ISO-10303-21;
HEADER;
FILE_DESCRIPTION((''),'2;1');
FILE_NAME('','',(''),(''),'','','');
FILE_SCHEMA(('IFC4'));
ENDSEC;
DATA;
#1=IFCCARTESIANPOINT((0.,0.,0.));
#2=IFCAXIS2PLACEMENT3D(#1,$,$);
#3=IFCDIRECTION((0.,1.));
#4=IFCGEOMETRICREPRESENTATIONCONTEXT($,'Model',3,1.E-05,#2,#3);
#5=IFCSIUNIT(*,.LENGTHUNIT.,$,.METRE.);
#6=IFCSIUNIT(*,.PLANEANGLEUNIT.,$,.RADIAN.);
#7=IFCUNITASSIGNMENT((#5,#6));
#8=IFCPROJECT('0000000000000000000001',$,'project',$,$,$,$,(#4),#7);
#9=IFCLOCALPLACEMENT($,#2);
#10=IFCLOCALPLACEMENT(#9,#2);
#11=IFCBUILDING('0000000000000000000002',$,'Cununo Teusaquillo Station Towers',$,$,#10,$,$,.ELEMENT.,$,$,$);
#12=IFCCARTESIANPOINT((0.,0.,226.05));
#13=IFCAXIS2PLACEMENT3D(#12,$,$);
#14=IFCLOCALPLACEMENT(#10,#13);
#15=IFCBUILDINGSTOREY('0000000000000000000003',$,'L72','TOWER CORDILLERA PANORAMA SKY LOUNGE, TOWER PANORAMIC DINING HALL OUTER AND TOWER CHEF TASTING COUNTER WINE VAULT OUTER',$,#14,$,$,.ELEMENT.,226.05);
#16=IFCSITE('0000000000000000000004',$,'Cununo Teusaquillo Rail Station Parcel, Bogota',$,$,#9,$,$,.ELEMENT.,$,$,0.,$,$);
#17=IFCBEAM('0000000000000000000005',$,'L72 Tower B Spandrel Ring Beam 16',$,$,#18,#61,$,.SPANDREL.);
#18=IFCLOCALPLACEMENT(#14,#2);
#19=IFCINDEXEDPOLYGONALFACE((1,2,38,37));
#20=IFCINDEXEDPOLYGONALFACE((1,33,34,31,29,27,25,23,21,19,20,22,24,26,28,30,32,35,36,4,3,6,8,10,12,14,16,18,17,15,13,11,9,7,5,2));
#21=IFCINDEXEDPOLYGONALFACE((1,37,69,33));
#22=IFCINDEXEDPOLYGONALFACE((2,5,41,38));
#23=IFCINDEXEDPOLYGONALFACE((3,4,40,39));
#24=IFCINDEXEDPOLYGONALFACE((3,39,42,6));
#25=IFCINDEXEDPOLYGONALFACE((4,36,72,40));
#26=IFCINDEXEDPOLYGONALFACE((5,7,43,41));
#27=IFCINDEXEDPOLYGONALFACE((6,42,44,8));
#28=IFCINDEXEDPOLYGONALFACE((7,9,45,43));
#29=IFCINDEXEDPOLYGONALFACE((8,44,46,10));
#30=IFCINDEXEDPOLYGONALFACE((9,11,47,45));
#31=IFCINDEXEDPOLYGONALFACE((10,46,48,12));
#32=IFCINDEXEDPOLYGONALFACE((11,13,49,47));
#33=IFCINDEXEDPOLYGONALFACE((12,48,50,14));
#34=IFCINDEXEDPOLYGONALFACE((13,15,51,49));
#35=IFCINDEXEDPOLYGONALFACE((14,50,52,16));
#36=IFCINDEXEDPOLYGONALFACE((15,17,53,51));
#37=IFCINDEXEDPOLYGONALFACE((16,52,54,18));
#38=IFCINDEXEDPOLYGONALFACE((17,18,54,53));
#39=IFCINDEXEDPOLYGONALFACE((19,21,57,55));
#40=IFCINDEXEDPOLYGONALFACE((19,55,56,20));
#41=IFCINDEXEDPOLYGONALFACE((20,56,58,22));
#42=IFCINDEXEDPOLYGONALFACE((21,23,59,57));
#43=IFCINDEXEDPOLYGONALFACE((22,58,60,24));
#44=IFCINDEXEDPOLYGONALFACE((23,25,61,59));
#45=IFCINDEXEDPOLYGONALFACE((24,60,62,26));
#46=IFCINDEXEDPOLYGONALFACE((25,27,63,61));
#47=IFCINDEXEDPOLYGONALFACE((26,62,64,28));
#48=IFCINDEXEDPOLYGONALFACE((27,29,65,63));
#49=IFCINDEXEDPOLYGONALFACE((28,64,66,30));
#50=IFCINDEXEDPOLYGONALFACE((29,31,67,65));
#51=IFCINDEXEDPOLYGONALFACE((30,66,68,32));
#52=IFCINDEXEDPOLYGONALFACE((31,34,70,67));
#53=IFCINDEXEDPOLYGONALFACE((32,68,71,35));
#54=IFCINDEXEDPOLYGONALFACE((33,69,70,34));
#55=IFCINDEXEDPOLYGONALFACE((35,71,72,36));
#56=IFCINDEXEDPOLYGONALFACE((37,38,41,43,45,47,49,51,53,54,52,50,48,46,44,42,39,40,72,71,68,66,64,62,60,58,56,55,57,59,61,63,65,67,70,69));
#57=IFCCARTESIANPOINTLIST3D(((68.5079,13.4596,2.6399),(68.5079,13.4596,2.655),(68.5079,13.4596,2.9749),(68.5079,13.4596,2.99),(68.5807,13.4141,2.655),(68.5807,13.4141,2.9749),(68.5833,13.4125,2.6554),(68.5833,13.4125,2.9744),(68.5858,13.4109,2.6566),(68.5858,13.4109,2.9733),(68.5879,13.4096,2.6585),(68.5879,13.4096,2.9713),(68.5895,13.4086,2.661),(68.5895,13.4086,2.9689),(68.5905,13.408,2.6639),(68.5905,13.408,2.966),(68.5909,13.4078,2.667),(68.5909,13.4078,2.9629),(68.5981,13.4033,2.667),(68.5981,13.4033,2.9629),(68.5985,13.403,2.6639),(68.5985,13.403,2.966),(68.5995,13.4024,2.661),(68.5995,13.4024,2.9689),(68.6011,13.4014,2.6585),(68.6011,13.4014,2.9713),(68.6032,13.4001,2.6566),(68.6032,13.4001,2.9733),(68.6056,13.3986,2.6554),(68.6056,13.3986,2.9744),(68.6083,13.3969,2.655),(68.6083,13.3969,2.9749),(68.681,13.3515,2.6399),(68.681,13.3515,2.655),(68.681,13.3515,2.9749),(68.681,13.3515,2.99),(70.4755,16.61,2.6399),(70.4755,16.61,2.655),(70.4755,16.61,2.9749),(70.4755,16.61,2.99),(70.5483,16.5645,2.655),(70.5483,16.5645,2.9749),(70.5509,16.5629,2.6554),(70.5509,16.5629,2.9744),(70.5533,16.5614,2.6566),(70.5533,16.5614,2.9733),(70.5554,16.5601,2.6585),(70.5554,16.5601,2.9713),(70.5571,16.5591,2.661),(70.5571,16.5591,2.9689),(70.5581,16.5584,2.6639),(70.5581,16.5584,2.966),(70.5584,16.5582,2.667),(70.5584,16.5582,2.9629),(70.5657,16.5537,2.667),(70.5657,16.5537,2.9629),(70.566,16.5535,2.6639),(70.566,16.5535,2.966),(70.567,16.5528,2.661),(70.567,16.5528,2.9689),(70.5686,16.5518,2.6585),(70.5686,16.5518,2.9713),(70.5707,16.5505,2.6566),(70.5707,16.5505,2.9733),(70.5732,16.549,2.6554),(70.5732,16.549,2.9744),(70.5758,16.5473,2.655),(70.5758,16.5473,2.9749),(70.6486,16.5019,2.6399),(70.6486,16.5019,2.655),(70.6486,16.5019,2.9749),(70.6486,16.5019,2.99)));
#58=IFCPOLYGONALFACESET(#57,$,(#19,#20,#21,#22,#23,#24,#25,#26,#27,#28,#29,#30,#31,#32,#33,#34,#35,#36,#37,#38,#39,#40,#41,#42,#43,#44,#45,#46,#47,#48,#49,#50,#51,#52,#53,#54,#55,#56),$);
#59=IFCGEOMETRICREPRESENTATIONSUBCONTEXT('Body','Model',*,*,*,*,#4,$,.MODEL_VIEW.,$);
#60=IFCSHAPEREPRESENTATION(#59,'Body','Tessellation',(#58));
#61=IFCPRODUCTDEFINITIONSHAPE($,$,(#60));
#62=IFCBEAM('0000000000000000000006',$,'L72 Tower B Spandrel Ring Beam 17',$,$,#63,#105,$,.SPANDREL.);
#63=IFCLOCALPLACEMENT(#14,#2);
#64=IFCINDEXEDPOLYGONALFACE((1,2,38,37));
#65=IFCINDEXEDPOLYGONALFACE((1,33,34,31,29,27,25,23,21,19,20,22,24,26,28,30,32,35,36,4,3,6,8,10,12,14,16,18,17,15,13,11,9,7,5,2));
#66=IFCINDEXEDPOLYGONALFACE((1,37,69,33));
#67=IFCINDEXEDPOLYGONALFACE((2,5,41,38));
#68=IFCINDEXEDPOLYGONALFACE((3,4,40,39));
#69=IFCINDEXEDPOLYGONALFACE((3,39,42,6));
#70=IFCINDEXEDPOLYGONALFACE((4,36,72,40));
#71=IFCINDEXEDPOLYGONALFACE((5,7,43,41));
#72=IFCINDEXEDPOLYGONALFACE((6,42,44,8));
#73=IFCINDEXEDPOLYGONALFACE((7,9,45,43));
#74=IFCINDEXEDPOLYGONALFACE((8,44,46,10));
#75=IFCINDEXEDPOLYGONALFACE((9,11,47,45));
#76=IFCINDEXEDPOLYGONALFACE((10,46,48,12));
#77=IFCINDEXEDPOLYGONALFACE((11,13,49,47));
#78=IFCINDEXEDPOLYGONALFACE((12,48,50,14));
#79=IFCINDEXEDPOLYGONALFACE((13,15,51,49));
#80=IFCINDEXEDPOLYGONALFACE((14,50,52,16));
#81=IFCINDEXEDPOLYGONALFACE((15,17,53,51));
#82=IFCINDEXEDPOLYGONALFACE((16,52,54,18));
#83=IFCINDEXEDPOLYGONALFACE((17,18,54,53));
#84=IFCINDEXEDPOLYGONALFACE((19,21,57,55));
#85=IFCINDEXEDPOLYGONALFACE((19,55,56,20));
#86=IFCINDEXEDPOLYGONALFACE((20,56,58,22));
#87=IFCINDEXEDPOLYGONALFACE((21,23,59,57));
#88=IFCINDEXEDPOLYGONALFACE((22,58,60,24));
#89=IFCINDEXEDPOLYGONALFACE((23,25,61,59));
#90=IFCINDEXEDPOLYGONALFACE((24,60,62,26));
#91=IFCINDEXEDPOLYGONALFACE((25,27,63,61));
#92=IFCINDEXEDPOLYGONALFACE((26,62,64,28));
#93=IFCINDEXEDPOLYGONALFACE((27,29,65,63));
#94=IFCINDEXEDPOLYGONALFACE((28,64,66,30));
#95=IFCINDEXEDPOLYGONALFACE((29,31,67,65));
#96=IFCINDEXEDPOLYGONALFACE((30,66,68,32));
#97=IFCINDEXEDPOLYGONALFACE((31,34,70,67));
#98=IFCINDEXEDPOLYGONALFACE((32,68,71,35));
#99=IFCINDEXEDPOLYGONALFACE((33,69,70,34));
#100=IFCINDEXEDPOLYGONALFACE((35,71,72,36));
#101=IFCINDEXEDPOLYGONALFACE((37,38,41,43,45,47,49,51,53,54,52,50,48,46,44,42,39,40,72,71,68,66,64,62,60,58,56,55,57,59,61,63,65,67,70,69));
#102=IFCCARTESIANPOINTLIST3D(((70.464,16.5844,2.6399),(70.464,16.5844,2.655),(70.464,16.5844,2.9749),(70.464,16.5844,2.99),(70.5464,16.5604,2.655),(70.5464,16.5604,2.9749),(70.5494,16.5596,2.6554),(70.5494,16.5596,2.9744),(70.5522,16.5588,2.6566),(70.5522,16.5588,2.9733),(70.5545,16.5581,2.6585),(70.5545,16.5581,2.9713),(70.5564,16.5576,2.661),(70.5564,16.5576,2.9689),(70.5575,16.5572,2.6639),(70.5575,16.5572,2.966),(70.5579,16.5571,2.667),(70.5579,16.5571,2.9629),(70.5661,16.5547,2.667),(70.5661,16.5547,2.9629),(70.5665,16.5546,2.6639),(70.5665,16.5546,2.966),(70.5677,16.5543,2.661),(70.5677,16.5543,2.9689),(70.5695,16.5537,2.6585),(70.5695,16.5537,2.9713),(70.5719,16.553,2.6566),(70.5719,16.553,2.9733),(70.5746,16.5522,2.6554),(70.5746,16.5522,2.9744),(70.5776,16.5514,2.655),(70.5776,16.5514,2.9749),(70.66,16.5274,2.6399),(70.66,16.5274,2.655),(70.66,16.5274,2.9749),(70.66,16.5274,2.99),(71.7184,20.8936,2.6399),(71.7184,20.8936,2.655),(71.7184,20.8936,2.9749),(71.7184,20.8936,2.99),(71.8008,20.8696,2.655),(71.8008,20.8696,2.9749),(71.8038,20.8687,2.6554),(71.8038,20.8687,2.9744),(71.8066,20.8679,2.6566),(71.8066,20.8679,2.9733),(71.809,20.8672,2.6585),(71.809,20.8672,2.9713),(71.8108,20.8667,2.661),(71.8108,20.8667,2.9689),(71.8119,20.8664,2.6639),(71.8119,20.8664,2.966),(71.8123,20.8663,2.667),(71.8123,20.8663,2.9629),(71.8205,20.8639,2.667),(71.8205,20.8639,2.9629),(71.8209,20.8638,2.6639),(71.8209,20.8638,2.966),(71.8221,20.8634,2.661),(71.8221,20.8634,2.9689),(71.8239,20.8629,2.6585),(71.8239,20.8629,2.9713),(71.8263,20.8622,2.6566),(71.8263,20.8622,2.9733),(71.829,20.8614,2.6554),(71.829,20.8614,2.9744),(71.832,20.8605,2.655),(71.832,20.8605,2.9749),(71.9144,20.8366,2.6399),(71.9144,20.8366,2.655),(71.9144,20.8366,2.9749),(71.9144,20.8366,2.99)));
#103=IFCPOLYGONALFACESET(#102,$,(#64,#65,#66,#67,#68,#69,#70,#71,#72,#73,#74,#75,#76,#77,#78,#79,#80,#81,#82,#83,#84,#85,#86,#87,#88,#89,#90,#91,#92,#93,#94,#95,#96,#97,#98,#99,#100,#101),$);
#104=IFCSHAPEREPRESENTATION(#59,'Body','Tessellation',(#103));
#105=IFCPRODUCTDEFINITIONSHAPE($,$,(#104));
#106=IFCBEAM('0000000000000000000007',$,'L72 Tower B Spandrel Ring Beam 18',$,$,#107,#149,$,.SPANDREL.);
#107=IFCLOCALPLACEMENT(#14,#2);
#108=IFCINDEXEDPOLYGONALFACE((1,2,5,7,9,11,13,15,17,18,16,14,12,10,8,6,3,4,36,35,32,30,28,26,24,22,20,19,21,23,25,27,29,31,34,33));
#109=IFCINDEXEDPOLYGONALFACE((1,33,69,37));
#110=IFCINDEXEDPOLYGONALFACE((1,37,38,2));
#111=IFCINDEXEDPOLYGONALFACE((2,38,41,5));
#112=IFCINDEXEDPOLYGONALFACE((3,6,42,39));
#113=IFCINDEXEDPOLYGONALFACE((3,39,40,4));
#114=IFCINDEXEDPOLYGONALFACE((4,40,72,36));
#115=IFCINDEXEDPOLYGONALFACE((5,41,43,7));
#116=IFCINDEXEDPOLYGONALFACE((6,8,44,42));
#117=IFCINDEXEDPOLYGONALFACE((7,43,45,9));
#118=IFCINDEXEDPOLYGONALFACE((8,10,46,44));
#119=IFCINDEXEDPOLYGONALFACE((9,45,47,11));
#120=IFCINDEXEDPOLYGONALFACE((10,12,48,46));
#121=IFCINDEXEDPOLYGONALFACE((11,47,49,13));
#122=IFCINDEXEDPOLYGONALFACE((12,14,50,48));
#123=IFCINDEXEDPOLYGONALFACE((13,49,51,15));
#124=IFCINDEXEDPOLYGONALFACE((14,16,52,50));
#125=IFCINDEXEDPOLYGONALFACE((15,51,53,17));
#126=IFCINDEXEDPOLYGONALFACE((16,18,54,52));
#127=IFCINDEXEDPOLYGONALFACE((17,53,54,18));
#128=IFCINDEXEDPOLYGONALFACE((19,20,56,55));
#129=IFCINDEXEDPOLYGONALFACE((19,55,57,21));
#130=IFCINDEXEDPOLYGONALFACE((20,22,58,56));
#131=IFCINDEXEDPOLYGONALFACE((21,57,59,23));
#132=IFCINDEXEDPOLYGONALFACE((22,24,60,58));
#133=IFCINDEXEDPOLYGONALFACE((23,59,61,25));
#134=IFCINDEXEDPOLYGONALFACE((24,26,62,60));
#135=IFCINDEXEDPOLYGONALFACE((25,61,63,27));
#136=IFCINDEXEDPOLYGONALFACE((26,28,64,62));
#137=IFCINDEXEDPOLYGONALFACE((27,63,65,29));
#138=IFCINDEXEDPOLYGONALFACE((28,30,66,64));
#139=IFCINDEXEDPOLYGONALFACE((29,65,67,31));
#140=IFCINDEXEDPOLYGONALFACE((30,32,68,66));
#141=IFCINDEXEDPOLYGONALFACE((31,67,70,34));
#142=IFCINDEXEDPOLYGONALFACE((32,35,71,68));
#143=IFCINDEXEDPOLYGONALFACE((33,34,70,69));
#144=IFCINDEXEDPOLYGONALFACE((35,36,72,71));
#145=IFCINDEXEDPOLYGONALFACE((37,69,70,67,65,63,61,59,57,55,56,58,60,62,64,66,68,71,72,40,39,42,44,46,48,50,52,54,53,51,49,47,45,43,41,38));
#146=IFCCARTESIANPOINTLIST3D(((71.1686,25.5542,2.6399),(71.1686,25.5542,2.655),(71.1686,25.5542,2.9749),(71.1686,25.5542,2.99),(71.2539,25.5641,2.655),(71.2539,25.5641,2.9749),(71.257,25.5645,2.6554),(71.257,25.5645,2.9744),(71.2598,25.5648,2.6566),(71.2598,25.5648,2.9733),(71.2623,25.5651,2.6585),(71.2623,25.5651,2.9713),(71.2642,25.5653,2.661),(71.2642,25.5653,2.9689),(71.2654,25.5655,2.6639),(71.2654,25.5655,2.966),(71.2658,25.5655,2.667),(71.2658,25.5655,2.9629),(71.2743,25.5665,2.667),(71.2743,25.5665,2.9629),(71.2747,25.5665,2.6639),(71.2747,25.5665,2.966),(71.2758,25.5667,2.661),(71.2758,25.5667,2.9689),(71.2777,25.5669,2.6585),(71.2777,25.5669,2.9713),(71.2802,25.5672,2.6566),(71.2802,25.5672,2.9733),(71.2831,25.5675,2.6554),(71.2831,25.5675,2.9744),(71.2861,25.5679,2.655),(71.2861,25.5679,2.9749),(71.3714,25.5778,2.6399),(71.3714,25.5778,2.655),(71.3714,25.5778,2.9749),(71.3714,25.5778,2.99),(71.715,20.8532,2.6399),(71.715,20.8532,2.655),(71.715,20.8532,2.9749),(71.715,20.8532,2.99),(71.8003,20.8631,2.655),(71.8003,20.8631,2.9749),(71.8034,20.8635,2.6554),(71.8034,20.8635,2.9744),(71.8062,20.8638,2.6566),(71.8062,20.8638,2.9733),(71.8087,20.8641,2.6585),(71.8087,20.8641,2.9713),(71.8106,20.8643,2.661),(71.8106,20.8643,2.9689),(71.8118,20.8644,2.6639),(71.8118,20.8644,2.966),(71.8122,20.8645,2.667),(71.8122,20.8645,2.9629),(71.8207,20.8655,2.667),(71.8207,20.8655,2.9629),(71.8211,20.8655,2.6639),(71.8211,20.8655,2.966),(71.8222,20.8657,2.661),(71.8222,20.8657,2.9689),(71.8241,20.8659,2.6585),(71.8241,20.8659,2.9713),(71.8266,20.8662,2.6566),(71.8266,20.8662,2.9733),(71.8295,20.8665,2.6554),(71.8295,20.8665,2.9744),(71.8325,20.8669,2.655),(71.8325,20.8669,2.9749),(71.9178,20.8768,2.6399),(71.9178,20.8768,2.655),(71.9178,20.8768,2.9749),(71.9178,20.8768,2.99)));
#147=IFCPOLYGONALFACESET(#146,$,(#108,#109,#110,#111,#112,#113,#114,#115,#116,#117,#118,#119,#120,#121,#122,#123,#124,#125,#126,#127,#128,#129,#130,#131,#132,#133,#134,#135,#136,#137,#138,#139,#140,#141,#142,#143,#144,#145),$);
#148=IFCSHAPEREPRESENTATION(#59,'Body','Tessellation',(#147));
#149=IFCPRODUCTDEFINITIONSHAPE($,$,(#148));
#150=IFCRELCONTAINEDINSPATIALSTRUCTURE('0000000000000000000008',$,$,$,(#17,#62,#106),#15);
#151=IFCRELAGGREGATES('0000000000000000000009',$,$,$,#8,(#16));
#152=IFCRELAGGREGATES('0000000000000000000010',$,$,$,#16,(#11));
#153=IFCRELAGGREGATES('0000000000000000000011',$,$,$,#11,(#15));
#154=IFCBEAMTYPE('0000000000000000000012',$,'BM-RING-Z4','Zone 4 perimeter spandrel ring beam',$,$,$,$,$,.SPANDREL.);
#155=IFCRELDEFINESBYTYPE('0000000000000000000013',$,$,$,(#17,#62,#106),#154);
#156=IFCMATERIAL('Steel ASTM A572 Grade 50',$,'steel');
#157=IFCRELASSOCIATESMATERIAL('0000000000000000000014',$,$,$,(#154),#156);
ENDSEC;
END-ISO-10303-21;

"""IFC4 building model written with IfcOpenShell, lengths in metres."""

from ifc_helpers import new_model, si_unit, direction, frame, origin, origin_2d, place, context, subcontext, project, spatial, i_section, extrude, material, material_profile, profile_set, type_object, element, save


model = new_model("IFC4")

# Units and contexts
model_context = context("Model", 3, precision=1e-05, world=origin(), true_north=direction((0.0, 1.0)))
body_context = subcontext(model_context, "Body", "Model", "MODEL_VIEW")
ifc_project = project(units=[si_unit("LENGTHUNIT", "METRE"), si_unit("PLANEANGLEUNIT", "RADIAN")], contexts=[model_context])

# Site, building, storey
site_placement = place(None, origin())
site = spatial("IfcSite", under=ifc_project, at=site_placement, Name="Cununo Teusaquillo Rail Station Parcel, Bogota", CompositionType="ELEMENT", RefElevation=0.0)
building_placement = place(site_placement, origin())
building = spatial("IfcBuilding", under=site, at=building_placement, Name="Cununo Teusaquillo Station Towers", CompositionType="ELEMENT")
storey_placement = place(building_placement, frame((0.0, 0.0, 226.05)))
storey = spatial("IfcBuildingStorey", under=building, at=storey_placement, Name="L72", Description="TOWER CORDILLERA PANORAMA SKY LOUNGE, TOWER PANORAMIC DINING HALL OUTER AND TOWER CHEF TASTING COUNTER WINE VAULT OUTER", CompositionType="ELEMENT", Elevation=226.05)

# Beams
ifc_material_1 = material(Name="Steel ASTM A572 Grade 50", Category="steel")
ifc_material_profile_1 = material_profile(ifc_material_1, i_section(OverallWidth=0.2041, OverallDepth=0.3501, WebThickness=0.0085, FlangeThickness=0.0151, FilletRadius=0.012, at=origin_2d()), Name="W14X48")
ifc_profile_set_1 = profile_set([ifc_material_profile_1], Name="Steel ASTM A572 Grade 50")
beam_type_1 = type_object("IfcBeamType", Name="BM-RING-Z4", Description="Zone 4 perimeter spandrel ring beam", PredefinedType="SPANDREL", material=ifc_profile_set_1)
for number, where, z_axis, x_axis, name in (
    (1, (68.5945, 13.4055, 2.8149), (0.529715, 0.848176, 0.0), (-0.848176, 0.529715, 0.0), "L72 Tower B Spandrel Ring Beam 16"),
):
    element("IfcBeam", number, at=place(storey_placement, frame(where, z_axis=z_axis, x_axis=x_axis)), inside=storey, type_object=beam_type_1, Name=name, PredefinedType="SPANDREL", context=body_context, shape_type="SweptSolid", body=[
        extrude(i_section(OverallWidth=0.2041, OverallDepth=0.3501, WebThickness=0.0085, FlangeThickness=0.0151, FilletRadius=0.012, at=origin_2d()), origin(), (0.0, 0.0, 1.0), 3.7144),
    ])
beam_1_placement = place(storey_placement, frame((70.562, 16.5559, 2.8149), z_axis=(0.279503, 0.960145, 0.0), x_axis=(-0.960145, 0.279503, 0.0)))
element("IfcBeam", 2, at=beam_1_placement, inside=storey, type_object=beam_type_1, Name="L72 Tower B Spandrel Ring Beam 17", PredefinedType="SPANDREL", context=body_context, shape_type="SweptSolid", body=[
    extrude(i_section(OverallWidth=0.2041, OverallDepth=0.3501, WebThickness=0.0085, FlangeThickness=0.0151, FilletRadius=0.012, at=origin_2d()), origin(), (0.0, 0.0, 1.0), 4.488),
])
beam_2_placement = place(storey_placement, frame((71.8164, 20.865, 2.8149), z_axis=(-0.115452, 0.993313, 0.0), x_axis=(-0.993313, -0.115452, 0.0)))
element("IfcBeam", 3, at=beam_2_placement, inside=storey, type_object=beam_type_1, Name="L72 Tower B Spandrel Ring Beam 18", PredefinedType="SPANDREL", context=body_context, shape_type="SweptSolid", body=[
    extrude(i_section(OverallWidth=0.2041, OverallDepth=0.3501, WebThickness=0.0085, FlangeThickness=0.0151, FilletRadius=0.012, at=origin_2d()), origin(), (0.0, 0.0, 1.0), 4.7327),
])

save(model, "model.ifc")
